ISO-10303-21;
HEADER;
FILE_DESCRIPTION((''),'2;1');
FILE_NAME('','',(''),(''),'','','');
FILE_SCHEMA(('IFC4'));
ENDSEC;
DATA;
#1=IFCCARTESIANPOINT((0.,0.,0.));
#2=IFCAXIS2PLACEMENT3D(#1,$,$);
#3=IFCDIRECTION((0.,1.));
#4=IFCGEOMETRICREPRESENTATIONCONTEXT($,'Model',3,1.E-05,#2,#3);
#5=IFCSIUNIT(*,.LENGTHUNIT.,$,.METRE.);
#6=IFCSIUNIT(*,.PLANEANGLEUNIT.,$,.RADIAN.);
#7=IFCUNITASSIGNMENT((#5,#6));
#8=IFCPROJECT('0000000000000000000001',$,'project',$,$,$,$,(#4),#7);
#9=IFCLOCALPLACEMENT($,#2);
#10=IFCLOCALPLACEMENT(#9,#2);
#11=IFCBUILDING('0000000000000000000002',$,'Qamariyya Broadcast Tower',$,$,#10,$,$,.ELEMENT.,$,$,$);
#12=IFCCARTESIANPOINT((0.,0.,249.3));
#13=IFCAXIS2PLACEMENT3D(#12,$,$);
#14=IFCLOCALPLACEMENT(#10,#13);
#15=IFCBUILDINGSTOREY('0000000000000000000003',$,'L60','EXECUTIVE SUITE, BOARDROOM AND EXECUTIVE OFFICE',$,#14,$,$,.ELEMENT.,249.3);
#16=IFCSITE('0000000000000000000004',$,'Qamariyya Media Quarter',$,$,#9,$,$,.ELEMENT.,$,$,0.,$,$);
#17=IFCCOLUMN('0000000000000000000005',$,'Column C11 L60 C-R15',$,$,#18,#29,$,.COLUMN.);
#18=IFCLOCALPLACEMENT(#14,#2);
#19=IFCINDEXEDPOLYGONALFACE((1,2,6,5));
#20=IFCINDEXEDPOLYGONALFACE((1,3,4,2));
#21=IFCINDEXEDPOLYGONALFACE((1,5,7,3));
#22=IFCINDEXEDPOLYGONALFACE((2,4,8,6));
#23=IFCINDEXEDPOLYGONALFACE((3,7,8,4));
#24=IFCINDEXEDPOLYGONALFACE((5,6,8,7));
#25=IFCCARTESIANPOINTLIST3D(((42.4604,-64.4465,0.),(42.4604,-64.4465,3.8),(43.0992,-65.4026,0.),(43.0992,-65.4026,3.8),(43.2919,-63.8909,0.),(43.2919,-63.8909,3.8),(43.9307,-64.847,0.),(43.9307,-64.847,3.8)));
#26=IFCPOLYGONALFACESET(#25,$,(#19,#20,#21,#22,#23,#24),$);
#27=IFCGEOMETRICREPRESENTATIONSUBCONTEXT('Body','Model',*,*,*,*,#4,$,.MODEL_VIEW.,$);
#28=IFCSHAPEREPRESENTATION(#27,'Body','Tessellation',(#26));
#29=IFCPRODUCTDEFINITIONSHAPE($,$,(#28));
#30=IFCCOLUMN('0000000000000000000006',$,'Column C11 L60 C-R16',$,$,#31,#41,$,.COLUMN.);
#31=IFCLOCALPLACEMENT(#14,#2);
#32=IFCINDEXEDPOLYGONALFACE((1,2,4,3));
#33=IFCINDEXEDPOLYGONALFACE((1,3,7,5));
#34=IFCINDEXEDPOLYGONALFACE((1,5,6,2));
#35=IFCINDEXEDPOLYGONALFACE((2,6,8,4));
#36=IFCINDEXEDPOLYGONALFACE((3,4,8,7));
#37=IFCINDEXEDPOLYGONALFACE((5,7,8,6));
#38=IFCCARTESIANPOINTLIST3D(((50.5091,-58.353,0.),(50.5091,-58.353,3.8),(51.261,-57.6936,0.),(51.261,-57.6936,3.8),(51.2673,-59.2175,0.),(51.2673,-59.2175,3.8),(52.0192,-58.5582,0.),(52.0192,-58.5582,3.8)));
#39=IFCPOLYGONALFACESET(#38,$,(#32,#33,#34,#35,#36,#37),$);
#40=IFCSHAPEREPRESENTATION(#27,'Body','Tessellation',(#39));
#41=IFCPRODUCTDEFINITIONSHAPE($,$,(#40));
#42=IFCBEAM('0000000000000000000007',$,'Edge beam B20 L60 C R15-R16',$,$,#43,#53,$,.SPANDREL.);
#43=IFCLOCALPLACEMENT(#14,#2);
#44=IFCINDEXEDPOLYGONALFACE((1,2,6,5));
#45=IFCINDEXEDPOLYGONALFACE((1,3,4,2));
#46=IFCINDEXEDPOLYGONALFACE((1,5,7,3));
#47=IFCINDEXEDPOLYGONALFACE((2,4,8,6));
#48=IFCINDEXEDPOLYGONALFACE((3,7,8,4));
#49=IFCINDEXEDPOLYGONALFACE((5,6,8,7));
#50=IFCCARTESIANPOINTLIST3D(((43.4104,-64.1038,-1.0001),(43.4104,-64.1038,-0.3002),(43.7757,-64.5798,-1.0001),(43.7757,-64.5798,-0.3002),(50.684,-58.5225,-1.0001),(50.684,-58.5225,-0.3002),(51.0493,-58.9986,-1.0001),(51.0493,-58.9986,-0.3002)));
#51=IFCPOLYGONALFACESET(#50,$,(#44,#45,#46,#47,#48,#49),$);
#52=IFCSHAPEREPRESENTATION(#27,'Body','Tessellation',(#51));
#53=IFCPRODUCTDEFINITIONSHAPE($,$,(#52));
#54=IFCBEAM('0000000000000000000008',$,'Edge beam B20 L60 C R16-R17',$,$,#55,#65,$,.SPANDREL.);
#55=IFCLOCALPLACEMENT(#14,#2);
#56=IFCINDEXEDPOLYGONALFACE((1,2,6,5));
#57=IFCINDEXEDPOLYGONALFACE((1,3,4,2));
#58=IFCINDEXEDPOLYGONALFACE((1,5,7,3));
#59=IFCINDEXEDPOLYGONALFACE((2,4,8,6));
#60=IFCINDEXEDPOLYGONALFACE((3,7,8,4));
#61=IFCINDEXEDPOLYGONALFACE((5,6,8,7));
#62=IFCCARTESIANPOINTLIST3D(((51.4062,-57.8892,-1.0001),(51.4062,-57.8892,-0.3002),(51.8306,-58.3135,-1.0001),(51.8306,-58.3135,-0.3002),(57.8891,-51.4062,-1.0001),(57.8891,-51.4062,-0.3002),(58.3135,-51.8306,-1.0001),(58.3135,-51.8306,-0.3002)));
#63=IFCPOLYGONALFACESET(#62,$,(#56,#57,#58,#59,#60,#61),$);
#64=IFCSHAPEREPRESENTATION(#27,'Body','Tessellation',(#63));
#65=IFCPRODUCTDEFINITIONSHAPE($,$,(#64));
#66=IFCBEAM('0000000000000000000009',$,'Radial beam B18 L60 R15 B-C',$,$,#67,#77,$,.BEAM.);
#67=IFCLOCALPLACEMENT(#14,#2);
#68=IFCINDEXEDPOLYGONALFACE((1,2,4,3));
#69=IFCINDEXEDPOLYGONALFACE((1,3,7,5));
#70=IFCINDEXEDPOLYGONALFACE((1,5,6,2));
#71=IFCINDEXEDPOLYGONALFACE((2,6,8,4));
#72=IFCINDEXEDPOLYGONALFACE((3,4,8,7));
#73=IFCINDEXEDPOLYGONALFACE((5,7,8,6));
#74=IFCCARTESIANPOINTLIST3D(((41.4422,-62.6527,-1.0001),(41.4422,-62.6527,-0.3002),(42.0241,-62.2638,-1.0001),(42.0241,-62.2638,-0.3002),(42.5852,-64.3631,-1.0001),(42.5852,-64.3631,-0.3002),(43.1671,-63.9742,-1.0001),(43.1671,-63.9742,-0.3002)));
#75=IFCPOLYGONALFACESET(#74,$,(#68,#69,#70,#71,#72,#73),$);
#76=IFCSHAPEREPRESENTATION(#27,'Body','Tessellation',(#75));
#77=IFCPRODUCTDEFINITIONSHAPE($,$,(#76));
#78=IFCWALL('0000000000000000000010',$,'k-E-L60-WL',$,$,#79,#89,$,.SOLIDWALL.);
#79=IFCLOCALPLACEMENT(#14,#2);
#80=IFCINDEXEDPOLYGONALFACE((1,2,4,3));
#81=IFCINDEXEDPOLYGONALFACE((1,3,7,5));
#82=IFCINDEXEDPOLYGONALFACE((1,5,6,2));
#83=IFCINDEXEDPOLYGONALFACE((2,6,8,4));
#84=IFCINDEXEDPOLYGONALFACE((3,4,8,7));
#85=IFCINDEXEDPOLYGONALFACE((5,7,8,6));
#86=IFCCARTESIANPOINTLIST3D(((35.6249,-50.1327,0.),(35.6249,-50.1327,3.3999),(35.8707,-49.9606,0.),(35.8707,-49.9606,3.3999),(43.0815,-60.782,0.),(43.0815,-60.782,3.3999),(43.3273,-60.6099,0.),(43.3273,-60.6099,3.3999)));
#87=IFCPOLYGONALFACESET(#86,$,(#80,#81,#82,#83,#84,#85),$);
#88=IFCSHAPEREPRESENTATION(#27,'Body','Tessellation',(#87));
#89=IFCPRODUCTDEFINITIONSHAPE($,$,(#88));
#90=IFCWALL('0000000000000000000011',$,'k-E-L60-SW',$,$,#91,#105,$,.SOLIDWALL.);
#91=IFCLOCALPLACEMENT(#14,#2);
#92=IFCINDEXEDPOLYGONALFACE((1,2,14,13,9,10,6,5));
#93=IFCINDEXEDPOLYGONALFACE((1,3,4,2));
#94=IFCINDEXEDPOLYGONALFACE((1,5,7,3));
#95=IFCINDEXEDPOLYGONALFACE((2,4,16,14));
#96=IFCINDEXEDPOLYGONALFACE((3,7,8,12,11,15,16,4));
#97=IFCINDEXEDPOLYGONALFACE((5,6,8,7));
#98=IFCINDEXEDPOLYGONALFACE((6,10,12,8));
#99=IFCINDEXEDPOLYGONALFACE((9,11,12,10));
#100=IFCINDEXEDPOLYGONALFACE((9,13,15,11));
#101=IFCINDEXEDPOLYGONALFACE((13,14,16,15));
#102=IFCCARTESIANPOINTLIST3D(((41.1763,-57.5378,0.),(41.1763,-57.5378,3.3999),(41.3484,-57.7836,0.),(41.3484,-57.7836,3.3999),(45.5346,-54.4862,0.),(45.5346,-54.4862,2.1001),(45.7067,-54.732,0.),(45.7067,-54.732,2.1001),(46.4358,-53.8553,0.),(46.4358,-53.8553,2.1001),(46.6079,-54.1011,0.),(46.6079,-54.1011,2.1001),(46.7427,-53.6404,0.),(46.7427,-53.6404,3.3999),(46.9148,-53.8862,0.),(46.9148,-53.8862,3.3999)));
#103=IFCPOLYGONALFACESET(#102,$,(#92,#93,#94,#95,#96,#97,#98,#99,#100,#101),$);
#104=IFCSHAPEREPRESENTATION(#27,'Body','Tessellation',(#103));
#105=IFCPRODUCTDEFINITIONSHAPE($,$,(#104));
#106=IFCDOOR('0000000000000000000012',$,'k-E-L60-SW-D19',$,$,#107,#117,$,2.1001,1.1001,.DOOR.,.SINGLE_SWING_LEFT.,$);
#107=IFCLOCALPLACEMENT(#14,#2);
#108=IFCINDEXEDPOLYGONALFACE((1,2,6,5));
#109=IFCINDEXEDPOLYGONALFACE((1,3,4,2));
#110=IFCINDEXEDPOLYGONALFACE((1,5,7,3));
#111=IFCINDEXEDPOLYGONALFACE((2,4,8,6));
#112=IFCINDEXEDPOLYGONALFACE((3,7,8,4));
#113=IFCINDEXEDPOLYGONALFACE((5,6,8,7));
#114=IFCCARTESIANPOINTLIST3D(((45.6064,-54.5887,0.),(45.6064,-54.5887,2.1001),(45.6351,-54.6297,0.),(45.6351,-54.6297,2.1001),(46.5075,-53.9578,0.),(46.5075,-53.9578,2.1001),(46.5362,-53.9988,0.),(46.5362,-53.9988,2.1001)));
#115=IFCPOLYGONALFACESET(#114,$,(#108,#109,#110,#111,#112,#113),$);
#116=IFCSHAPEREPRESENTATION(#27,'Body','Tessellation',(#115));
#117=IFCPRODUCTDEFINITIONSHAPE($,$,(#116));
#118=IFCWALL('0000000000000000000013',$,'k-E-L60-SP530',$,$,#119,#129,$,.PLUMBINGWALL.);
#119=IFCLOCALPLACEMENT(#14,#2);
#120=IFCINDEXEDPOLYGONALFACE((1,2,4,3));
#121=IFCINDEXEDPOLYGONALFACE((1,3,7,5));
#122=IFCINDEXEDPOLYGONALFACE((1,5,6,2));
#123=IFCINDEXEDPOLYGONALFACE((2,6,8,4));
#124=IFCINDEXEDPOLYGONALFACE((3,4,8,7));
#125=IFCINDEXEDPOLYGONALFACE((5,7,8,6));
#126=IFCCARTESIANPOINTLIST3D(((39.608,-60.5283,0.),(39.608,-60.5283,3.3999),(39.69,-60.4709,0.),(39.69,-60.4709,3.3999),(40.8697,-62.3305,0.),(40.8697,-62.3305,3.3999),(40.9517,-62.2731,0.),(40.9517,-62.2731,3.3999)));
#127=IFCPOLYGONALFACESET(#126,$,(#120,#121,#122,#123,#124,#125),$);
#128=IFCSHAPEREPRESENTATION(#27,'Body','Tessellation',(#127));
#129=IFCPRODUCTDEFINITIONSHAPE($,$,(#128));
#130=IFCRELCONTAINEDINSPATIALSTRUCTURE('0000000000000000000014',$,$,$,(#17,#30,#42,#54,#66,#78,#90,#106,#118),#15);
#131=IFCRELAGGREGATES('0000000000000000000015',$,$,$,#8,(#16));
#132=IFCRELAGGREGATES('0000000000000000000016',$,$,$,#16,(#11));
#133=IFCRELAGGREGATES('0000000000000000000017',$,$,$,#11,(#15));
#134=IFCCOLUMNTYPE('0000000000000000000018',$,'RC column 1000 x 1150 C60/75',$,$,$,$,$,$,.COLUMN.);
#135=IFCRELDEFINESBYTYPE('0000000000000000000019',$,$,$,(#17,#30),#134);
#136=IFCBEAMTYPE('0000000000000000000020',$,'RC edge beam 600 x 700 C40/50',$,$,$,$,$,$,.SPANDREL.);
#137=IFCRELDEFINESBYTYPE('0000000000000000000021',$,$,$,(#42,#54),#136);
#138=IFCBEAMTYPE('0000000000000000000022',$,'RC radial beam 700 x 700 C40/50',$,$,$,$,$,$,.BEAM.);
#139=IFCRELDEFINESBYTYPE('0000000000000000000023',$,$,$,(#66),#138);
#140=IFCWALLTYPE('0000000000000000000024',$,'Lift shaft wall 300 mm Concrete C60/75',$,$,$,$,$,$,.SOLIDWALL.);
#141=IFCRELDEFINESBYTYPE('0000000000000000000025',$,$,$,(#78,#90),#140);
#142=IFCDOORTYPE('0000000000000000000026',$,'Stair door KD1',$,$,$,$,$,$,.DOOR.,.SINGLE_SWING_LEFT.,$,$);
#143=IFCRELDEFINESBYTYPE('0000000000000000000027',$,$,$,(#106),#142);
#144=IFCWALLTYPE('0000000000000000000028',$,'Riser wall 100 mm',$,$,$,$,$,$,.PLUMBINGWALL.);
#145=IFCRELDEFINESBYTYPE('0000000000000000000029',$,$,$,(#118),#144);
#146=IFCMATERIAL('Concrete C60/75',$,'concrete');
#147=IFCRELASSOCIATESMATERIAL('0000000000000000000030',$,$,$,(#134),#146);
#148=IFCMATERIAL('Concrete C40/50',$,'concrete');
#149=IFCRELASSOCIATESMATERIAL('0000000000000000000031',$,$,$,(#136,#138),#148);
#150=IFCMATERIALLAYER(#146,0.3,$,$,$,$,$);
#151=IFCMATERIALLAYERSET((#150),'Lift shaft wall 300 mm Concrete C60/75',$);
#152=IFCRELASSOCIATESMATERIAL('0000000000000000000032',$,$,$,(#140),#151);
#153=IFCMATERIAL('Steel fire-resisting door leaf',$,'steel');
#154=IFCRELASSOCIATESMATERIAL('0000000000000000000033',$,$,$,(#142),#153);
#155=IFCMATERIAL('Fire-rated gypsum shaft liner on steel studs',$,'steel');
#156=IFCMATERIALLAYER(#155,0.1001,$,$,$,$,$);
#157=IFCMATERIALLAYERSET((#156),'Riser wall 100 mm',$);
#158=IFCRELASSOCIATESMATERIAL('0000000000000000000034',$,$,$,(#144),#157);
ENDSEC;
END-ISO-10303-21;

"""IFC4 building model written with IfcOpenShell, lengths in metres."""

from ifc_helpers import new_model, si_unit, direction, frame, frame_2d, origin, origin_2d, place, context, subcontext, project, spatial, rectangle, extrude, material, layer, layer_set, material_profile, profile_set, type_object, element, fill, save


model = new_model("IFC4")

# Units and contexts
model_context = context("Model", 3, precision=1e-05, world=origin(), true_north=direction((0.0, 1.0)))
body_context = subcontext(model_context, "Body", "Model", "MODEL_VIEW")
ifc_project = project(units=[si_unit("LENGTHUNIT", "METRE"), si_unit("PLANEANGLEUNIT", "RADIAN")], contexts=[model_context])

# Site, building, storey
site_placement = place(None, origin())
site = spatial("IfcSite", under=ifc_project, at=site_placement, Name="Qamariyya Media Quarter", CompositionType="ELEMENT", RefElevation=0.0)
building_placement = place(site_placement, origin())
building = spatial("IfcBuilding", under=site, at=building_placement, Name="Qamariyya Broadcast Tower", CompositionType="ELEMENT")
storey_placement = place(building_placement, frame((0.0, 0.0, 249.3)))
storey = spatial("IfcBuildingStorey", under=building, at=storey_placement, Name="L60", Description="EXECUTIVE SUITE, BOARDROOM AND EXECUTIVE OFFICE", CompositionType="ELEMENT", Elevation=249.3)

# Columns
ifc_material_1 = material(Name="Concrete C60/75", Category="concrete")
ifc_material_profile_1 = material_profile(ifc_material_1, rectangle(XDim=1.0, YDim=1.1499, at=origin_2d()))
ifc_profile_set_1 = profile_set([ifc_material_profile_1], Name="Concrete C60/75")
column_type = type_object("IfcColumnType", Name="RC column 1000 x 1150 C60/75", PredefinedType="COLUMN", material=ifc_profile_set_1)
for number, where, z_axis, x_axis, name in (
    (1, (43.1956, -64.6467, 0.0), (0.0, 0.0, 1.0), (0.83147, 0.55557, 0.0), "Column C11 L60 C-R15"),
    (2, (51.2642, -58.4556, 0.0), (0.0, 0.0, 1.0), (0.75184, 0.659346, 0.0), "Column C11 L60 C-R16"),
):
    element("IfcColumn", number, at=place(storey_placement, frame(where, z_axis=z_axis, x_axis=x_axis)), inside=storey, type_object=column_type, Name=name, PredefinedType="COLUMN", context=body_context, shape_type="SweptSolid", body=[
        extrude(rectangle(XDim=1.0, YDim=1.1499, at=origin_2d()), origin(), (0.0, 0.0, 1.0), 3.8),
    ])

# Beams
ifc_material_2 = material(Name="Concrete C40/50", Category="concrete")
ifc_material_profile_2 = material_profile(ifc_material_2, rectangle(XDim=0.6001, YDim=0.7, at=origin_2d()))
ifc_profile_set_2 = profile_set([ifc_material_profile_2], Name="Concrete C40/50")
beam_type_1 = type_object("IfcBeamType", Name="RC edge beam 600 x 700 C40/50", PredefinedType="SPANDREL", material=ifc_profile_set_2)
for number, where, z_axis, x_axis, name in (
    (3, (43.593, -64.3418, -0.6501), (0.793353, 0.608762, 0.0), (-0.608762, 0.793353, 0.0), "Edge beam B20 L60 C R15-R16"),
    (4, (51.6184, -58.1013, -0.6501), (0.707107, 0.707107, 0.0), (-0.707107, 0.707107, 0.0), "Edge beam B20 L60 C R16-R17"),
):
    element("IfcBeam", number, at=place(storey_placement, frame(where, z_axis=z_axis, x_axis=x_axis)), inside=storey, type_object=beam_type_1, Name=name, PredefinedType="SPANDREL", context=body_context, shape_type="SweptSolid", body=[
        extrude(rectangle(XDim=0.6001, YDim=0.7, at=origin_2d()), origin(), (0.0, 0.0, 1.0), 9.1682),
    ])
ifc_material_profile_3 = material_profile(ifc_material_2, rectangle(XDim=0.7, YDim=0.7, at=origin_2d()))
ifc_profile_set_3 = profile_set([ifc_material_profile_3], Name="Concrete C40/50")
beam_type_2 = type_object("IfcBeamType", Name="RC radial beam 700 x 700 C40/50", PredefinedType="BEAM", material=ifc_profile_set_3)
beam_placement = place(storey_placement, frame((41.7332, -62.4583, -0.6501), z_axis=(0.555631, -0.831429, 0.0), x_axis=(0.831429, 0.555631, 0.0)))
element("IfcBeam", 5, at=beam_placement, inside=storey, type_object=beam_type_2, Name="Radial beam B18 L60 R15 B-C", PredefinedType="BEAM", context=body_context, shape_type="SweptSolid", body=[
    extrude(rectangle(XDim=0.7, YDim=0.7, at=origin_2d()), origin(), (0.0, 0.0, 1.0), 2.0571),
])

# Wall
ifc_layer_1 = layer(ifc_material_1, 0.3)
ifc_layer_set_1 = layer_set([ifc_layer_1], Name="Lift shaft wall 300 mm Concrete C60/75")
wall_type_1 = type_object("IfcWallType", Name="Lift shaft wall 300 mm Concrete C60/75", PredefinedType="SOLIDWALL", material=ifc_layer_set_1)
wall_1_placement = place(storey_placement, frame((43.2043, -60.6958, 0.0), z_axis=(0.0, 0.0, 1.0), x_axis=(-0.573572, 0.819155, 0.0)))
element("IfcWall", 6, at=wall_1_placement, inside=storey, type_object=wall_type_1, Name="k-E-L60-WL", PredefinedType="SOLIDWALL", context=body_context, shape_type="SweptSolid", body=[
    extrude(rectangle(XDim=13.0002, YDim=0.3, at=frame_2d((6.5, 0.0))), origin(), (0.0, 0.0, 1.0), 3.3999),
])

# Wall, opening, door
wall_2_placement = place(storey_placement, frame((41.2625, -57.6606, 0.0), z_axis=(0.0, 0.0, 1.0), x_axis=(0.819164, 0.573559, 0.0)))
wall_2 = element("IfcWall", 7, at=wall_2_placement, inside=storey, type_object=wall_type_1, Name="k-E-L60-SW", PredefinedType="SOLIDWALL", context=body_context, shape_type="SweptSolid", body=[
    extrude(rectangle(XDim=6.7952, YDim=0.3, at=frame_2d((3.3975, 0.0))), origin(), (0.0, 0.0, 1.0), 3.3999),
])
opening_placement = place(wall_2_placement, frame((5.3203, 0.0, 0.0)))
opening = element("IfcOpeningElement", 8, at=opening_placement, cuts=wall_2, PredefinedType="OPENING", context=body_context, shape_type="SweptSolid", body=[
    extrude(rectangle(XDim=1.1001, YDim=2.1001, at=frame_2d((0.55, 1.05))), frame((0.0, 0.1599, 0.0), z_axis=(0.0, -1.0, 0.0), x_axis=(1.0, 0.0, 0.0)), (0.0, 0.0, 1.0), 0.3201),
])
ifc_material_3 = material(Name="Steel fire-resisting door leaf", Category="steel")
door_type = type_object("IfcDoorType", Name="Stair door KD1", OperationType="SINGLE_SWING_LEFT", PredefinedType="DOOR", material=ifc_material_3)
door_placement = place(opening_placement, origin())
door = element("IfcDoor", 9, at=door_placement, inside=storey, type_object=door_type, Name="k-E-L60-SW-D19", OperationType="SINGLE_SWING_LEFT", OverallHeight=2.1001, OverallWidth=1.1001, PredefinedType="DOOR", context=body_context, shape_type="SweptSolid", body=[
    extrude(rectangle(XDim=1.1001, YDim=2.1001, at=frame_2d((0.55, 1.05))), frame((0.0, 0.0249, 0.0), z_axis=(0.0, -1.0, 0.0), x_axis=(1.0, 0.0, 0.0)), (0.0, 0.0, 1.0), 0.05),
])
fill(opening, door)

# Wall
ifc_material_4 = material(Name="Fire-rated gypsum shaft liner on steel studs", Category="steel")
ifc_layer_2 = layer(ifc_material_4, 0.1001)
ifc_layer_set_2 = layer_set([ifc_layer_2], Name="Riser wall 100 mm")
wall_type_2 = type_object("IfcWallType", Name="Riser wall 100 mm", PredefinedType="PLUMBINGWALL", material=ifc_layer_set_2)
wall_3_placement = place(storey_placement, frame((39.6489, -60.4995, 0.0), z_axis=(0.0, 0.0, 1.0), x_axis=(0.573507, -0.819201, 0.0)))
element("IfcWall", 10, at=wall_3_placement, inside=storey, type_object=wall_type_2, Name="k-E-L60-SP530", PredefinedType="PLUMBINGWALL", context=body_context, shape_type="SweptSolid", body=[
    extrude(rectangle(XDim=2.2, YDim=0.1001, at=frame_2d((1.1001, 0.0))), origin(), (0.0, 0.0, 1.0), 3.3999),
])

save(model, "model.ifc")
